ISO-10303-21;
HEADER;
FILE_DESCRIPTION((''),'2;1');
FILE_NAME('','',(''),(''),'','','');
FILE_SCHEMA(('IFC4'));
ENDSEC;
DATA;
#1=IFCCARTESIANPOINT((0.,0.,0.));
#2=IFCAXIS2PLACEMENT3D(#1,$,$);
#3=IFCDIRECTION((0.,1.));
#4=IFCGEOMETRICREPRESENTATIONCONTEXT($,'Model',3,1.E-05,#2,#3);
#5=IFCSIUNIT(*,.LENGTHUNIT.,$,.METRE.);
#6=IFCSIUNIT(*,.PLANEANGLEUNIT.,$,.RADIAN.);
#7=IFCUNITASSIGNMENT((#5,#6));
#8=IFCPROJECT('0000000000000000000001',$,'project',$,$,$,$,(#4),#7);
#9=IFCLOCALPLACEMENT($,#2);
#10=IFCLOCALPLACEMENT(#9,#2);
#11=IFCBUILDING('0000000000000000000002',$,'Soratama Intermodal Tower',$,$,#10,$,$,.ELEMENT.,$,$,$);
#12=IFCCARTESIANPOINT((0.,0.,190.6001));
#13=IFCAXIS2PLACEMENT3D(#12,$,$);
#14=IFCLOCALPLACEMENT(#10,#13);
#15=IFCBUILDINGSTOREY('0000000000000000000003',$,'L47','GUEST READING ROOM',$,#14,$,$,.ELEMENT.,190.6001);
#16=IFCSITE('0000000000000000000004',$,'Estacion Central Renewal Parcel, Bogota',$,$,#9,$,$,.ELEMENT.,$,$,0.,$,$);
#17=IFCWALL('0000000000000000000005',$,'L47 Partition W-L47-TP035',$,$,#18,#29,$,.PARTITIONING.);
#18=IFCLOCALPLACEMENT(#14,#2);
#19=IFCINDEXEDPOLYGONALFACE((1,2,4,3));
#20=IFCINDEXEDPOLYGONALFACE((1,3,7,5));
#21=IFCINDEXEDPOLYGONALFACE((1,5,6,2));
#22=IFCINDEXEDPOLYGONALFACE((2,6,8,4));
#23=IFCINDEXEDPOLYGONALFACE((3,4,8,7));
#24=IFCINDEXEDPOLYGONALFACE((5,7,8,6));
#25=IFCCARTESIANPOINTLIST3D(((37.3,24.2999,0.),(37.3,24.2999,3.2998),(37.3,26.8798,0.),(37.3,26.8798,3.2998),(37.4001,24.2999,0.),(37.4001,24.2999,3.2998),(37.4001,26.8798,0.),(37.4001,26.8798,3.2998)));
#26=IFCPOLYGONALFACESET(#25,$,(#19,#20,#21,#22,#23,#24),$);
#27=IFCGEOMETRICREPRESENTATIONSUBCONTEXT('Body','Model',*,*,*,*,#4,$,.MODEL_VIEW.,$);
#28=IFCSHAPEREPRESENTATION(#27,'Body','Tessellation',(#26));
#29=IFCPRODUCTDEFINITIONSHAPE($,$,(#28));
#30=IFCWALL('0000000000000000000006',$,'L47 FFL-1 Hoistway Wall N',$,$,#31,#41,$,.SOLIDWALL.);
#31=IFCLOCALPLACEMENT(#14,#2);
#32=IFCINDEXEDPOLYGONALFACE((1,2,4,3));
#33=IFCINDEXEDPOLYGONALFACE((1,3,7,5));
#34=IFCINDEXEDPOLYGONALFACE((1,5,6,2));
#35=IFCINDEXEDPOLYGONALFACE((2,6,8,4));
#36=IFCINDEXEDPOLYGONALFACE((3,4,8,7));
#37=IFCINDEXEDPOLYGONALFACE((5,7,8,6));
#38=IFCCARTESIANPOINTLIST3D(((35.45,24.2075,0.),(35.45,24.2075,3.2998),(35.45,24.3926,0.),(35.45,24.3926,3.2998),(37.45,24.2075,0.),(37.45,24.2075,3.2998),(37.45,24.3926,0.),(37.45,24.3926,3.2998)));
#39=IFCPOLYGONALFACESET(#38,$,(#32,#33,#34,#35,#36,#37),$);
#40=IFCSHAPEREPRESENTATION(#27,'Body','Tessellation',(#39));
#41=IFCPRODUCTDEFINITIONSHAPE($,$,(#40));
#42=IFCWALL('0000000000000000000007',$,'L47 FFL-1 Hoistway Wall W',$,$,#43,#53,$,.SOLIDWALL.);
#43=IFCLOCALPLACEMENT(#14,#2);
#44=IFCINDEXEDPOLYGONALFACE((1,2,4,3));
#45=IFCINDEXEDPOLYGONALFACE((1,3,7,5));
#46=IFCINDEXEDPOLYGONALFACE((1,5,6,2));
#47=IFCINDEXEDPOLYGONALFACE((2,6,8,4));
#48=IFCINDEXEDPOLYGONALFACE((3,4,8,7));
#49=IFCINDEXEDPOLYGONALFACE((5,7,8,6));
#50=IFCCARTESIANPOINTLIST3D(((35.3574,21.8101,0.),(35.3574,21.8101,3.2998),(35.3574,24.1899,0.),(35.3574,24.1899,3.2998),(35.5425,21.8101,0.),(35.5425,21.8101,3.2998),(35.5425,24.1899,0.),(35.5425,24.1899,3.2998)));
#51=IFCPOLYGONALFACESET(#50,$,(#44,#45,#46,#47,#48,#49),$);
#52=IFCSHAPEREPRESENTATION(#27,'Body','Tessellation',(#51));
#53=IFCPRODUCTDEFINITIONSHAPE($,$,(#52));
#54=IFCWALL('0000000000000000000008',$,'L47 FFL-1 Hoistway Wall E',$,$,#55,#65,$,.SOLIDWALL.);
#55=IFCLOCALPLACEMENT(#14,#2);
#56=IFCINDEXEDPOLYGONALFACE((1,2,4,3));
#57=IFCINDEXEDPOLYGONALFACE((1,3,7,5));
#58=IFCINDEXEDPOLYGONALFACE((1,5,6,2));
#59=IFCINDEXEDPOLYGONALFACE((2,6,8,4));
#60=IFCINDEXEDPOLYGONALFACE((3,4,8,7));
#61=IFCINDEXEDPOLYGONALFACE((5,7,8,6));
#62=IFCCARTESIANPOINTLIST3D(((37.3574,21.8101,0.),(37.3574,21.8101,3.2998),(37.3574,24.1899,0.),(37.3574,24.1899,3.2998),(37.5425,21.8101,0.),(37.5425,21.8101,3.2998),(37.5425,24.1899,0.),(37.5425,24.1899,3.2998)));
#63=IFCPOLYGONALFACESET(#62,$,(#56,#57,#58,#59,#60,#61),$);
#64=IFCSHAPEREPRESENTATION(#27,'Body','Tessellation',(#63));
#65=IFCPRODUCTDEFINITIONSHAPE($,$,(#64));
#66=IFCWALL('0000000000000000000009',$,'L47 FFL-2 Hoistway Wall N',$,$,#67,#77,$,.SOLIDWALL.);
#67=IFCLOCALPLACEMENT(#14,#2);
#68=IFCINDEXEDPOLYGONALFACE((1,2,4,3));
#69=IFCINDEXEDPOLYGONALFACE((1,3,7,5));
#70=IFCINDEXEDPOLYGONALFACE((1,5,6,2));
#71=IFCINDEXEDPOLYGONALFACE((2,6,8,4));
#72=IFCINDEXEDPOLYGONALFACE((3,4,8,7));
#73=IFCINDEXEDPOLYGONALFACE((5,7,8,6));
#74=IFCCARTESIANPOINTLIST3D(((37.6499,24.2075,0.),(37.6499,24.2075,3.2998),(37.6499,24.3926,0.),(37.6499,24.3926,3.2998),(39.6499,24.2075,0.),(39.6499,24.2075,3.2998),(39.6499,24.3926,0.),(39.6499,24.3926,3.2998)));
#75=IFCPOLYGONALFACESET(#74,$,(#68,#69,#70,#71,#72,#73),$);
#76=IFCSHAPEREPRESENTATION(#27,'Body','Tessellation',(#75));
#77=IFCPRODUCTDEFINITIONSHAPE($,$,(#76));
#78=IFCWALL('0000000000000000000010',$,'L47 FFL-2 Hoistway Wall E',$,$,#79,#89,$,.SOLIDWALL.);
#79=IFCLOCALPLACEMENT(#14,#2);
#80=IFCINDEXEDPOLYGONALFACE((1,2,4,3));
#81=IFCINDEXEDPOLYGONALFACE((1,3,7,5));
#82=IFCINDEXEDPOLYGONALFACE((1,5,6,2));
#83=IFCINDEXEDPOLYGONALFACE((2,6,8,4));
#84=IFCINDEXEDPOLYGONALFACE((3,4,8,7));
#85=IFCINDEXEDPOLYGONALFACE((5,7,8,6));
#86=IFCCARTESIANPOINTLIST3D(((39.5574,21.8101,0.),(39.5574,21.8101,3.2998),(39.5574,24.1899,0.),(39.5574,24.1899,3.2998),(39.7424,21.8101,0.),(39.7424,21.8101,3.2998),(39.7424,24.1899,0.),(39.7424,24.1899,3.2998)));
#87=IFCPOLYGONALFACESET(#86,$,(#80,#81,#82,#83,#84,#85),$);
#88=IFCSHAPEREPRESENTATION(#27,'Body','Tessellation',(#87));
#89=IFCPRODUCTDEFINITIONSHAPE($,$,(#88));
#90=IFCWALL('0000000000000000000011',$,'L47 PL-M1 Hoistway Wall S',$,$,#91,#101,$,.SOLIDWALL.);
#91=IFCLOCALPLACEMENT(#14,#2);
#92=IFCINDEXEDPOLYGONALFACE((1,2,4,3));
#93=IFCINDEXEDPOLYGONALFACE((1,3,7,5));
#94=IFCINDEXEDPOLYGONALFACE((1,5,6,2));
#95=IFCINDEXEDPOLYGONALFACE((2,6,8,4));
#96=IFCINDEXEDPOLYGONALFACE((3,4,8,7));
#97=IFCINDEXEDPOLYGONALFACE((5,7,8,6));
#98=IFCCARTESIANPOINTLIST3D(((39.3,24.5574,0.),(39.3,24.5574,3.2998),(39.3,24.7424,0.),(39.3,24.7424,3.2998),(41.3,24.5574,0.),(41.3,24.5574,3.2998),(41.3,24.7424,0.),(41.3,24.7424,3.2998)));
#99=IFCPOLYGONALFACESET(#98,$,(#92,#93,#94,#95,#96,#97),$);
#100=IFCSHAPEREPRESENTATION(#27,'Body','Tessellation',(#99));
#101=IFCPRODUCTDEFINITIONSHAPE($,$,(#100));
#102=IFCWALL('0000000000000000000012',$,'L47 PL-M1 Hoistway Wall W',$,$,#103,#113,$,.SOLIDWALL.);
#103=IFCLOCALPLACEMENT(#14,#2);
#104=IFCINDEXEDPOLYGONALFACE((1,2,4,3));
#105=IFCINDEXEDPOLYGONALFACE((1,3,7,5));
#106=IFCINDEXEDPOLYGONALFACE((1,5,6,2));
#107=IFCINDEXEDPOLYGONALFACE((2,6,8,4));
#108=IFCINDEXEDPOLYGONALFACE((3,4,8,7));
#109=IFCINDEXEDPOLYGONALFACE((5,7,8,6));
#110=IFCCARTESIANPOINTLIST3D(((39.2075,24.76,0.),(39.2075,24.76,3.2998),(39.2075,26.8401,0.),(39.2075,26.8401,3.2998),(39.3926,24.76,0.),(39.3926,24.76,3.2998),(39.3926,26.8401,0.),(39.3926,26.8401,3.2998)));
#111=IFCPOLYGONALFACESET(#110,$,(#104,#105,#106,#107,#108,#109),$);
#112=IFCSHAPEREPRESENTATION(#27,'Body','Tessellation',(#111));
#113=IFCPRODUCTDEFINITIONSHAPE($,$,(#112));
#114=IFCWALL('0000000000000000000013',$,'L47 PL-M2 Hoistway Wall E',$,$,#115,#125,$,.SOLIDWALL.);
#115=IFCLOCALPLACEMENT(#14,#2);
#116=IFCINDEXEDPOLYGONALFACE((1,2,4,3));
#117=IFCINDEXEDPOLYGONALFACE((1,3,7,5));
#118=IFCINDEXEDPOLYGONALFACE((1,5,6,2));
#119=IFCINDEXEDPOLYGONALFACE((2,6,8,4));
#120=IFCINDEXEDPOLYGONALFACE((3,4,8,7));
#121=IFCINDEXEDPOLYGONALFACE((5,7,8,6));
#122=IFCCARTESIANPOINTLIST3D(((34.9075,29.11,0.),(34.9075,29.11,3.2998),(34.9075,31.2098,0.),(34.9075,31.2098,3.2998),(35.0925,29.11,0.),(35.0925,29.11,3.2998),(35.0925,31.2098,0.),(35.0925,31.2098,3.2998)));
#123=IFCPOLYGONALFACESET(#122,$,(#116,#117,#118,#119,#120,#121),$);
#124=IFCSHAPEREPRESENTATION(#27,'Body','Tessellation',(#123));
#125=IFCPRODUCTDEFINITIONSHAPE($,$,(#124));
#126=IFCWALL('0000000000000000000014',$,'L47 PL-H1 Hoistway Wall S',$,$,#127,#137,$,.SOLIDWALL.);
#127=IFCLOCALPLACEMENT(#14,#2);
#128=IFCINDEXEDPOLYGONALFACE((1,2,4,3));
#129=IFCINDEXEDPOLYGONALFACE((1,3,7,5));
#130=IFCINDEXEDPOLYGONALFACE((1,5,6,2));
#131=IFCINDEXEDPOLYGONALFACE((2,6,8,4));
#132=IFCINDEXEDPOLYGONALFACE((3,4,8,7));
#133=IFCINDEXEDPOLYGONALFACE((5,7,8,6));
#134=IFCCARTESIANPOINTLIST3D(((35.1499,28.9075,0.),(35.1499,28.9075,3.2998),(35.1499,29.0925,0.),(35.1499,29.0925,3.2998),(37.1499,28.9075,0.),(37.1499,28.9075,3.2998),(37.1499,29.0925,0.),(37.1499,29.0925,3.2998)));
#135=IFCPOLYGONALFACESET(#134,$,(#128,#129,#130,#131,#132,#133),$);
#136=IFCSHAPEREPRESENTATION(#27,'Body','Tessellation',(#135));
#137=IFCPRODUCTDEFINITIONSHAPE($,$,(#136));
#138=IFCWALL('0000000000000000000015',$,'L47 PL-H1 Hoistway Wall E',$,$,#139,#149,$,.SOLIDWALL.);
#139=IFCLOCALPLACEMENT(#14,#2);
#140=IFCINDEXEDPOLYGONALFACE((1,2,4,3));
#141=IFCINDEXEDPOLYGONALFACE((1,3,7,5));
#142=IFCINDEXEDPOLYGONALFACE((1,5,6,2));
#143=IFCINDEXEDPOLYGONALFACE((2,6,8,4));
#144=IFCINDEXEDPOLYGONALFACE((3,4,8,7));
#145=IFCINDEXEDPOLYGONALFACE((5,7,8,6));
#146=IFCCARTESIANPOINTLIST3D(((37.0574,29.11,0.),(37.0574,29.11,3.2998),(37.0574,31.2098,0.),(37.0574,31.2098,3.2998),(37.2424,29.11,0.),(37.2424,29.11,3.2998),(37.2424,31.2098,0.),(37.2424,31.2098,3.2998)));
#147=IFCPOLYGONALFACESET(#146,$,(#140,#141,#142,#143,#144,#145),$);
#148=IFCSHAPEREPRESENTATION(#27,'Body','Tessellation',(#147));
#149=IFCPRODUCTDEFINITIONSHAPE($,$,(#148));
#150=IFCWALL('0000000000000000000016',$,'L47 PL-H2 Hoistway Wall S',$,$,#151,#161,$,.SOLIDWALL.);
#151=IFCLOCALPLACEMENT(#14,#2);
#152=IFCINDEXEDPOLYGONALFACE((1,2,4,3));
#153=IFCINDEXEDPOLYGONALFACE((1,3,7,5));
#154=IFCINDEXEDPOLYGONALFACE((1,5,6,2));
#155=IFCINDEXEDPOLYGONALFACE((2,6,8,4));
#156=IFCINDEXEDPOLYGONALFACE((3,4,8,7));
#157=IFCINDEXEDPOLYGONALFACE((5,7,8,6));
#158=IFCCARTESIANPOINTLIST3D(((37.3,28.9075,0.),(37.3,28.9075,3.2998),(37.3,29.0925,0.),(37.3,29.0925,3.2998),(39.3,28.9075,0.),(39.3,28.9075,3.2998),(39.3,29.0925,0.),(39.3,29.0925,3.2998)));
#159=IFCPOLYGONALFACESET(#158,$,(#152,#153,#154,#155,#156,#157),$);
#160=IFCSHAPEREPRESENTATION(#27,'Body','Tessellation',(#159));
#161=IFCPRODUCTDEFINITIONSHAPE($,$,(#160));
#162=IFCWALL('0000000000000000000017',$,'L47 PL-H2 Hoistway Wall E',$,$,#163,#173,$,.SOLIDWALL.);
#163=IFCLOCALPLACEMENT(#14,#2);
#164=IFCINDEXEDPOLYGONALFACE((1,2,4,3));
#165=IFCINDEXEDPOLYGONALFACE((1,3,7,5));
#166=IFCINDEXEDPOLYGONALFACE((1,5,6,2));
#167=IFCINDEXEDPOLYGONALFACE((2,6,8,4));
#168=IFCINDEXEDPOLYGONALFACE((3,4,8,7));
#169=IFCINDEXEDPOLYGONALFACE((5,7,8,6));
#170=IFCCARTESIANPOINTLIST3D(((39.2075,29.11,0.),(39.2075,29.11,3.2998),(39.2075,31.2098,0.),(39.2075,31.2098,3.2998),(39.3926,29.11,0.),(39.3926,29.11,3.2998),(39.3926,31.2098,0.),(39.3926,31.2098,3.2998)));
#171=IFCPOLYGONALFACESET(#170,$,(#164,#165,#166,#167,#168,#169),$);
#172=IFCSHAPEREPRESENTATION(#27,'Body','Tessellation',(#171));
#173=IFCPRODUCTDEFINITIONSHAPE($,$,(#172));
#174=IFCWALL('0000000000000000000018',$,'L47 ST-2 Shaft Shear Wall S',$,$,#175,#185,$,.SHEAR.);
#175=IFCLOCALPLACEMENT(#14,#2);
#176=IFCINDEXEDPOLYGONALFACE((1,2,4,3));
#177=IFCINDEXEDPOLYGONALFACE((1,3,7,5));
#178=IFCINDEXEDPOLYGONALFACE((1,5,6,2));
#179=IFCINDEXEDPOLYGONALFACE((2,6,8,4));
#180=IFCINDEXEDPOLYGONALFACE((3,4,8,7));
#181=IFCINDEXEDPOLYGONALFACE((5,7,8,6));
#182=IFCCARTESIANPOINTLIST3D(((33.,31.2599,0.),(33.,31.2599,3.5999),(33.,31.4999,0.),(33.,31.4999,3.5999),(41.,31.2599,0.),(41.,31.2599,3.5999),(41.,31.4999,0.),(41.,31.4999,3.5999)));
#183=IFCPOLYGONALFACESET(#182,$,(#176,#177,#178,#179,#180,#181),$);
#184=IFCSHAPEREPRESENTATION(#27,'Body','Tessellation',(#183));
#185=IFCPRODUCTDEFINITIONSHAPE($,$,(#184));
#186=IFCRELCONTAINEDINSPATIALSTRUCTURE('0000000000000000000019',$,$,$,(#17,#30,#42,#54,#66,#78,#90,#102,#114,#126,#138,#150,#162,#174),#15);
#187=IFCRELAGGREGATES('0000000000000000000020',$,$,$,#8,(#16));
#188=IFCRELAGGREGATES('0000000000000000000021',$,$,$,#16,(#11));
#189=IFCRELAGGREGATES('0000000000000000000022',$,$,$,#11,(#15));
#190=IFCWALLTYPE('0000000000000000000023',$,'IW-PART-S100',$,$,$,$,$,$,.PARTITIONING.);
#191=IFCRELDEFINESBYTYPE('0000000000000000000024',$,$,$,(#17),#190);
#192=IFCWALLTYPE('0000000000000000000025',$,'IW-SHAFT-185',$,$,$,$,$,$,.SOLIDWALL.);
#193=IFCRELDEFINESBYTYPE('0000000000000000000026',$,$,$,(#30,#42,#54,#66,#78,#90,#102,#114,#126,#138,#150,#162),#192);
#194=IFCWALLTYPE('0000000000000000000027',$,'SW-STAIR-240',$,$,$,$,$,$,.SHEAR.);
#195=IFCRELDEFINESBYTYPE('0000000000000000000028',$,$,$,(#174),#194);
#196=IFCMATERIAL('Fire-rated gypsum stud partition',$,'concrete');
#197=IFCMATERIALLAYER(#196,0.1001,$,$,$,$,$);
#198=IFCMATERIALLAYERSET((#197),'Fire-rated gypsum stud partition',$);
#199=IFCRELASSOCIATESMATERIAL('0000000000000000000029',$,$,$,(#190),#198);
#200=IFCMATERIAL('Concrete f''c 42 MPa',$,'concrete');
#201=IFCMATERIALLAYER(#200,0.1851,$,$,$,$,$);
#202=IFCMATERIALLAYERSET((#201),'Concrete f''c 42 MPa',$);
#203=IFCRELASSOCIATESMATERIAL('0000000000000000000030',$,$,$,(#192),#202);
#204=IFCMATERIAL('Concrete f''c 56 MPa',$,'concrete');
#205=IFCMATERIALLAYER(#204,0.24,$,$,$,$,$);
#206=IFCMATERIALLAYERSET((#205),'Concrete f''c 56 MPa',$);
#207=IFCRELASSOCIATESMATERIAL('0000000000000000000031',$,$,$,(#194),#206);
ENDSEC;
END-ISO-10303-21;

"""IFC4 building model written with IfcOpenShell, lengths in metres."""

from ifc_helpers import new_model, si_unit, direction, frame, frame_2d, origin, place, context, subcontext, project, spatial, rectangle, extrude, material, layer, layer_set, type_object, element, save


model = new_model("IFC4")

# Units and contexts
model_context = context("Model", 3, precision=1e-05, world=origin(), true_north=direction((0.0, 1.0)))
body_context = subcontext(model_context, "Body", "Model", "MODEL_VIEW")
ifc_project = project(units=[si_unit("LENGTHUNIT", "METRE"), si_unit("PLANEANGLEUNIT", "RADIAN")], contexts=[model_context])

# Site, building, storey
site_placement = place(None, origin())
site = spatial("IfcSite", under=ifc_project, at=site_placement, Name="Estacion Central Renewal Parcel, Bogota", CompositionType="ELEMENT", RefElevation=0.0)
building_placement = place(site_placement, origin())
building = spatial("IfcBuilding", under=site, at=building_placement, Name="Soratama Intermodal Tower", CompositionType="ELEMENT")
storey_placement = place(building_placement, frame((0.0, 0.0, 190.6001)))
storey = spatial("IfcBuildingStorey", under=building, at=storey_placement, Name="L47", Description="GUEST READING ROOM", CompositionType="ELEMENT", Elevation=190.6001)

# Walls
ifc_material_1 = material(Name="Fire-rated gypsum stud partition", Category="concrete")
ifc_layer_1 = layer(ifc_material_1, 0.1001)
ifc_layer_set_1 = layer_set([ifc_layer_1], Name="Fire-rated gypsum stud partition")
wall_type_1 = type_object("IfcWallType", Name="IW-PART-S100", PredefinedType="PARTITIONING", material=ifc_layer_set_1)
wall_1_placement = place(storey_placement, frame((37.3501, 26.8799, 0.0), z_axis=(0.0, 0.0, 1.0), x_axis=(0.0, -1.0, 0.0)))
element("IfcWall", 1, at=wall_1_placement, inside=storey, type_object=wall_type_1, Name="L47 Partition W-L47-TP035", PredefinedType="PARTITIONING", context=body_context, shape_type="SweptSolid", body=[
    extrude(rectangle(XDim=2.5798, YDim=0.1001, at=frame_2d((1.29, 0.0))), origin(), (0.0, 0.0, 1.0), 3.2998),
])
ifc_material_2 = material(Name="Concrete f'c 42 MPa", Category="concrete")
ifc_layer_2 = layer(ifc_material_2, 0.1851)
ifc_layer_set_2 = layer_set([ifc_layer_2], Name="Concrete f'c 42 MPa")
wall_type_2 = type_object("IfcWallType", Name="IW-SHAFT-185", PredefinedType="SOLIDWALL", material=ifc_layer_set_2)
wall_2_placement = place(storey_placement, frame((35.45, 24.3, 0.0), z_axis=(0.0, 0.0, 1.0), x_axis=(1.0, 0.0, 0.0)))
element("IfcWall", 2, at=wall_2_placement, inside=storey, type_object=wall_type_2, Name="L47 FFL-1 Hoistway Wall N", PredefinedType="SOLIDWALL", context=body_context, shape_type="SweptSolid", body=[
    extrude(rectangle(XDim=2.0, YDim=0.1851, at=frame_2d((1.0, 0.0))), origin(), (0.0, 0.0, 1.0), 3.2998),
])
for number, where, z_axis, x_axis, name in (
    (3, (35.45, 21.8101, 0.0), (0.0, 0.0, 1.0), (0.0, 1.0, 0.0), "L47 FFL-1 Hoistway Wall W"),
    (4, (37.45, 21.8101, 0.0), (0.0, 0.0, 1.0), (0.0, 1.0, 0.0), "L47 FFL-1 Hoistway Wall E"),
):
    element("IfcWall", number, at=place(storey_placement, frame(where, z_axis=z_axis, x_axis=x_axis)), inside=storey, type_object=wall_type_2, Name=name, PredefinedType="SOLIDWALL", context=body_context, shape_type="SweptSolid", body=[
        extrude(rectangle(XDim=2.3799, YDim=0.1851, at=frame_2d((1.1899, 0.0))), origin(), (0.0, 0.0, 1.0), 3.2998),
    ])

# Walls
wall_3_placement = place(storey_placement, frame((37.6499, 24.3, 0.0), z_axis=(0.0, 0.0, 1.0), x_axis=(1.0, 0.0, 0.0)))
element("IfcWall", 5, at=wall_3_placement, inside=storey, type_object=wall_type_2, Name="L47 FFL-2 Hoistway Wall N", PredefinedType="SOLIDWALL", context=body_context, shape_type="SweptSolid", body=[
    extrude(rectangle(XDim=2.0, YDim=0.1851, at=frame_2d((1.0, 0.0))), origin(), (0.0, 0.0, 1.0), 3.2998),
])
wall_4_placement = place(storey_placement, frame((39.6499, 21.8101, 0.0), z_axis=(0.0, 0.0, 1.0), x_axis=(0.0, 1.0, 0.0)))
element("IfcWall", 6, at=wall_4_placement, inside=storey, type_object=wall_type_2, Name="L47 FFL-2 Hoistway Wall E", PredefinedType="SOLIDWALL", context=body_context, shape_type="SweptSolid", body=[
    extrude(rectangle(XDim=2.3799, YDim=0.1851, at=frame_2d((1.1899, 0.0))), origin(), (0.0, 0.0, 1.0), 3.2998),
])
wall_5_placement = place(storey_placement, frame((39.3, 24.6499, 0.0), z_axis=(0.0, 0.0, 1.0), x_axis=(1.0, 0.0, 0.0)))
element("IfcWall", 7, at=wall_5_placement, inside=storey, type_object=wall_type_2, Name="L47 PL-M1 Hoistway Wall S", PredefinedType="SOLIDWALL", context=body_context, shape_type="SweptSolid", body=[
    extrude(rectangle(XDim=2.0, YDim=0.1851, at=frame_2d((1.0, 0.0))), origin(), (0.0, 0.0, 1.0), 3.2998),
])

# Walls
wall_6_placement = place(storey_placement, frame((39.3, 24.76, 0.0), z_axis=(0.0, 0.0, 1.0), x_axis=(0.0, 1.0, 0.0)))
element("IfcWall", 8, at=wall_6_placement, inside=storey, type_object=wall_type_2, Name="L47 PL-M1 Hoistway Wall W", PredefinedType="SOLIDWALL", context=body_context, shape_type="SweptSolid", body=[
    extrude(rectangle(XDim=2.0801, YDim=0.1851, at=frame_2d((1.04, 0.0))), origin(), (0.0, 0.0, 1.0), 3.2998),
])
wall_7_placement = place(storey_placement, frame((35.0, 29.1101, 0.0), z_axis=(0.0, 0.0, 1.0), x_axis=(0.0, 1.0, 0.0)))
element("IfcWall", 9, at=wall_7_placement, inside=storey, type_object=wall_type_2, Name="L47 PL-M2 Hoistway Wall E", PredefinedType="SOLIDWALL", context=body_context, shape_type="SweptSolid", body=[
    extrude(rectangle(XDim=2.0999, YDim=0.1851, at=frame_2d((1.0498, 0.0))), origin(), (0.0, 0.0, 1.0), 3.2998),
])
wall_8_placement = place(storey_placement, frame((35.1499, 29.0, 0.0), z_axis=(0.0, 0.0, 1.0), x_axis=(1.0, 0.0, 0.0)))
element("IfcWall", 10, at=wall_8_placement, inside=storey, type_object=wall_type_2, Name="L47 PL-H1 Hoistway Wall S", PredefinedType="SOLIDWALL", context=body_context, shape_type="SweptSolid", body=[
    extrude(rectangle(XDim=2.0, YDim=0.1851, at=frame_2d((1.0, 0.0))), origin(), (0.0, 0.0, 1.0), 3.2998),
])
wall_9_placement = place(storey_placement, frame((37.1499, 29.1101, 0.0), z_axis=(0.0, 0.0, 1.0), x_axis=(0.0, 1.0, 0.0)))
element("IfcWall", 11, at=wall_9_placement, inside=storey, type_object=wall_type_2, Name="L47 PL-H1 Hoistway Wall E", PredefinedType="SOLIDWALL", context=body_context, shape_type="SweptSolid", body=[
    extrude(rectangle(XDim=2.0999, YDim=0.1851, at=frame_2d((1.0498, 0.0))), origin(), (0.0, 0.0, 1.0), 3.2998),
])
wall_10_placement = place(storey_placement, frame((37.3, 29.0, 0.0), z_axis=(0.0, 0.0, 1.0), x_axis=(1.0, 0.0, 0.0)))
element("IfcWall", 12, at=wall_10_placement, inside=storey, type_object=wall_type_2, Name="L47 PL-H2 Hoistway Wall S", PredefinedType="SOLIDWALL", context=body_context, shape_type="SweptSolid", body=[
    extrude(rectangle(XDim=2.0, YDim=0.1851, at=frame_2d((1.0, 0.0))), origin(), (0.0, 0.0, 1.0), 3.2998),
])
wall_11_placement = place(storey_placement, frame((39.3, 29.1101, 0.0), z_axis=(0.0, 0.0, 1.0), x_axis=(0.0, 1.0, 0.0)))
element("IfcWall", 13, at=wall_11_placement, inside=storey, type_object=wall_type_2, Name="L47 PL-H2 Hoistway Wall E", PredefinedType="SOLIDWALL", context=body_context, shape_type="SweptSolid", body=[
    extrude(rectangle(XDim=2.0999, YDim=0.1851, at=frame_2d((1.0498, 0.0))), origin(), (0.0, 0.0, 1.0), 3.2998),
])
ifc_material_3 = material(Name="Concrete f'c 56 MPa", Category="concrete")
ifc_layer_3 = layer(ifc_material_3, 0.24)
ifc_layer_set_3 = layer_set([ifc_layer_3], Name="Concrete f'c 56 MPa")
wall_type_3 = type_object("IfcWallType", Name="SW-STAIR-240", PredefinedType="SHEAR", material=ifc_layer_set_3)
wall_12_placement = place(storey_placement, frame((33.0, 31.3799, 0.0), z_axis=(0.0, 0.0, 1.0), x_axis=(1.0, 0.0, 0.0)))
element("IfcWall", 14, at=wall_12_placement, inside=storey, type_object=wall_type_3, Name="L47 ST-2 Shaft Shear Wall S", PredefinedType="SHEAR", context=body_context, shape_type="SweptSolid", body=[
    extrude(rectangle(XDim=8.0, YDim=0.24, at=frame_2d((4.0, 0.0))), origin(), (0.0, 0.0, 1.0), 3.5999),
])

save(model, "model.ifc")
